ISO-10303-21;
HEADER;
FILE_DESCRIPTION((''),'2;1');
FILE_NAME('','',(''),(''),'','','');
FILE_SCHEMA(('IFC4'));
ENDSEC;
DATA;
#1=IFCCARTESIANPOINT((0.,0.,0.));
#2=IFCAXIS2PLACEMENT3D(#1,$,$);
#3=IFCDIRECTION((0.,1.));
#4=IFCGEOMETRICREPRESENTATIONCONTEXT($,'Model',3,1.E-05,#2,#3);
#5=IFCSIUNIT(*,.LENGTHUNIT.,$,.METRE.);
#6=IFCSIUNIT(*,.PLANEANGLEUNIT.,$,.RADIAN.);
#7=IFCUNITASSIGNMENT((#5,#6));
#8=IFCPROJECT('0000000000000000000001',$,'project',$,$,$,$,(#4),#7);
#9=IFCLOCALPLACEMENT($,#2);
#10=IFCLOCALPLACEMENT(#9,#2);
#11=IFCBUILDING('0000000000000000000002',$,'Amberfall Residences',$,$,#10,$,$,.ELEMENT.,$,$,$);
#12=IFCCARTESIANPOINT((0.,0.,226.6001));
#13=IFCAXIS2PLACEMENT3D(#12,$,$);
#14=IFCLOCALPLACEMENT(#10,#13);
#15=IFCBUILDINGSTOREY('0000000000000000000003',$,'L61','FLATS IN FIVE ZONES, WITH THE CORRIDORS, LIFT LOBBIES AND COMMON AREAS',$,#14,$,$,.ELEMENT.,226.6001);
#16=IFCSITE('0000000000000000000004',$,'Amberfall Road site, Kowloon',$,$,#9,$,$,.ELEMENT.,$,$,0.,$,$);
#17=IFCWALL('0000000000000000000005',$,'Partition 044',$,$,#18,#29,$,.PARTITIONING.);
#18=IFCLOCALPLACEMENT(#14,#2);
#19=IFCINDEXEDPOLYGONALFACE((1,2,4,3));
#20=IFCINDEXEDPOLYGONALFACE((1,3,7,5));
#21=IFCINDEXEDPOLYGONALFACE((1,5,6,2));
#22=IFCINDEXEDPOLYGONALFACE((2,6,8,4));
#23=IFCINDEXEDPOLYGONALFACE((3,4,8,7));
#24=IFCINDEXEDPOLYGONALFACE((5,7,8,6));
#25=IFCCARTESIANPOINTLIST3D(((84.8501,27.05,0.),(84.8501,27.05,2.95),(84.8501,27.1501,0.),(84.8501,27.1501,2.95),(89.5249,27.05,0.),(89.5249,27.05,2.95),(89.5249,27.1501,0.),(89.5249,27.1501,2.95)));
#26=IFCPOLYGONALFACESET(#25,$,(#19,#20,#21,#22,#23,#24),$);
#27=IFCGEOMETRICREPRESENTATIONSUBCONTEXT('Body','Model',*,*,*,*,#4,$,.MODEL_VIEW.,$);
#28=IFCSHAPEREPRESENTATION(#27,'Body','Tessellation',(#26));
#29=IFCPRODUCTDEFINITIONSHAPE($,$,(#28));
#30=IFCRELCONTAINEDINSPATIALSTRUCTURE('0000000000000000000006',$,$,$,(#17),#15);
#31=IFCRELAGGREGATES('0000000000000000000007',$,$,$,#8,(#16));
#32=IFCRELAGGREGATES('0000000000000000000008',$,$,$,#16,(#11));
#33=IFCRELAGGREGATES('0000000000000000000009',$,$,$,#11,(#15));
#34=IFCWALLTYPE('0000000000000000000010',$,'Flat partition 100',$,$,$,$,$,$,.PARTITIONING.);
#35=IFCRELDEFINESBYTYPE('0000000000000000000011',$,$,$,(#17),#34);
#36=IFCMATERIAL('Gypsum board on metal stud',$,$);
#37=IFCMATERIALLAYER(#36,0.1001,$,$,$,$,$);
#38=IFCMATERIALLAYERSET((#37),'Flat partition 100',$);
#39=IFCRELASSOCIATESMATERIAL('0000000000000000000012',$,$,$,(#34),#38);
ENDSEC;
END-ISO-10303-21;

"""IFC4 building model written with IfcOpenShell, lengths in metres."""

from ifc_helpers import new_model, si_unit, direction, frame, frame_2d, origin, place, context, subcontext, project, spatial, rectangle, extrude, material, layer, layer_set, type_object, element, save


model = new_model("IFC4")

# Units and contexts
model_context = context("Model", 3, precision=1e-05, world=origin(), true_north=direction((0.0, 1.0)))
body_context = subcontext(model_context, "Body", "Model", "MODEL_VIEW")
ifc_project = project(units=[si_unit("LENGTHUNIT", "METRE"), si_unit("PLANEANGLEUNIT", "RADIAN")], contexts=[model_context])

# Site, building, storey
site_placement = place(None, origin())
site = spatial("IfcSite", under=ifc_project, at=site_placement, Name="Amberfall Road site, Kowloon", CompositionType="ELEMENT", RefElevation=0.0)
building_placement = place(site_placement, origin())
building = spatial("IfcBuilding", under=site, at=building_placement, Name="Amberfall Residences", CompositionType="ELEMENT")
storey_placement = place(building_placement, frame((0.0, 0.0, 226.6001)))
storey = spatial("IfcBuildingStorey", under=building, at=storey_placement, Name="L61", Description="FLATS IN FIVE ZONES, WITH THE CORRIDORS, LIFT LOBBIES AND COMMON AREAS", CompositionType="ELEMENT", Elevation=226.6001)

# Wall
ifc_material_1 = material(Name="Gypsum board on metal stud")
ifc_layer_1 = layer(ifc_material_1, 0.1001)
ifc_layer_set_1 = layer_set([ifc_layer_1], Name="Flat partition 100")
wall_type_1 = type_object("IfcWallType", Name="Flat partition 100", PredefinedType="PARTITIONING", material=ifc_layer_set_1)
wall_1_placement = place(storey_placement, frame((84.8501, 27.1001, 0.0), z_axis=(0.0, 0.0, 1.0), x_axis=(1.0, 0.0, 0.0)))
element("IfcWall", 1, at=wall_1_placement, inside=storey, type_object=wall_type_1, Name="Partition 044", PredefinedType="PARTITIONING", context=body_context, shape_type="SweptSolid", body=[
    extrude(rectangle(XDim=4.6748, YDim=0.1001, at=frame_2d((2.3374, 0.0))), origin(), (0.0, 0.0, 1.0), 2.95),
])

save(model, "model.ifc")
